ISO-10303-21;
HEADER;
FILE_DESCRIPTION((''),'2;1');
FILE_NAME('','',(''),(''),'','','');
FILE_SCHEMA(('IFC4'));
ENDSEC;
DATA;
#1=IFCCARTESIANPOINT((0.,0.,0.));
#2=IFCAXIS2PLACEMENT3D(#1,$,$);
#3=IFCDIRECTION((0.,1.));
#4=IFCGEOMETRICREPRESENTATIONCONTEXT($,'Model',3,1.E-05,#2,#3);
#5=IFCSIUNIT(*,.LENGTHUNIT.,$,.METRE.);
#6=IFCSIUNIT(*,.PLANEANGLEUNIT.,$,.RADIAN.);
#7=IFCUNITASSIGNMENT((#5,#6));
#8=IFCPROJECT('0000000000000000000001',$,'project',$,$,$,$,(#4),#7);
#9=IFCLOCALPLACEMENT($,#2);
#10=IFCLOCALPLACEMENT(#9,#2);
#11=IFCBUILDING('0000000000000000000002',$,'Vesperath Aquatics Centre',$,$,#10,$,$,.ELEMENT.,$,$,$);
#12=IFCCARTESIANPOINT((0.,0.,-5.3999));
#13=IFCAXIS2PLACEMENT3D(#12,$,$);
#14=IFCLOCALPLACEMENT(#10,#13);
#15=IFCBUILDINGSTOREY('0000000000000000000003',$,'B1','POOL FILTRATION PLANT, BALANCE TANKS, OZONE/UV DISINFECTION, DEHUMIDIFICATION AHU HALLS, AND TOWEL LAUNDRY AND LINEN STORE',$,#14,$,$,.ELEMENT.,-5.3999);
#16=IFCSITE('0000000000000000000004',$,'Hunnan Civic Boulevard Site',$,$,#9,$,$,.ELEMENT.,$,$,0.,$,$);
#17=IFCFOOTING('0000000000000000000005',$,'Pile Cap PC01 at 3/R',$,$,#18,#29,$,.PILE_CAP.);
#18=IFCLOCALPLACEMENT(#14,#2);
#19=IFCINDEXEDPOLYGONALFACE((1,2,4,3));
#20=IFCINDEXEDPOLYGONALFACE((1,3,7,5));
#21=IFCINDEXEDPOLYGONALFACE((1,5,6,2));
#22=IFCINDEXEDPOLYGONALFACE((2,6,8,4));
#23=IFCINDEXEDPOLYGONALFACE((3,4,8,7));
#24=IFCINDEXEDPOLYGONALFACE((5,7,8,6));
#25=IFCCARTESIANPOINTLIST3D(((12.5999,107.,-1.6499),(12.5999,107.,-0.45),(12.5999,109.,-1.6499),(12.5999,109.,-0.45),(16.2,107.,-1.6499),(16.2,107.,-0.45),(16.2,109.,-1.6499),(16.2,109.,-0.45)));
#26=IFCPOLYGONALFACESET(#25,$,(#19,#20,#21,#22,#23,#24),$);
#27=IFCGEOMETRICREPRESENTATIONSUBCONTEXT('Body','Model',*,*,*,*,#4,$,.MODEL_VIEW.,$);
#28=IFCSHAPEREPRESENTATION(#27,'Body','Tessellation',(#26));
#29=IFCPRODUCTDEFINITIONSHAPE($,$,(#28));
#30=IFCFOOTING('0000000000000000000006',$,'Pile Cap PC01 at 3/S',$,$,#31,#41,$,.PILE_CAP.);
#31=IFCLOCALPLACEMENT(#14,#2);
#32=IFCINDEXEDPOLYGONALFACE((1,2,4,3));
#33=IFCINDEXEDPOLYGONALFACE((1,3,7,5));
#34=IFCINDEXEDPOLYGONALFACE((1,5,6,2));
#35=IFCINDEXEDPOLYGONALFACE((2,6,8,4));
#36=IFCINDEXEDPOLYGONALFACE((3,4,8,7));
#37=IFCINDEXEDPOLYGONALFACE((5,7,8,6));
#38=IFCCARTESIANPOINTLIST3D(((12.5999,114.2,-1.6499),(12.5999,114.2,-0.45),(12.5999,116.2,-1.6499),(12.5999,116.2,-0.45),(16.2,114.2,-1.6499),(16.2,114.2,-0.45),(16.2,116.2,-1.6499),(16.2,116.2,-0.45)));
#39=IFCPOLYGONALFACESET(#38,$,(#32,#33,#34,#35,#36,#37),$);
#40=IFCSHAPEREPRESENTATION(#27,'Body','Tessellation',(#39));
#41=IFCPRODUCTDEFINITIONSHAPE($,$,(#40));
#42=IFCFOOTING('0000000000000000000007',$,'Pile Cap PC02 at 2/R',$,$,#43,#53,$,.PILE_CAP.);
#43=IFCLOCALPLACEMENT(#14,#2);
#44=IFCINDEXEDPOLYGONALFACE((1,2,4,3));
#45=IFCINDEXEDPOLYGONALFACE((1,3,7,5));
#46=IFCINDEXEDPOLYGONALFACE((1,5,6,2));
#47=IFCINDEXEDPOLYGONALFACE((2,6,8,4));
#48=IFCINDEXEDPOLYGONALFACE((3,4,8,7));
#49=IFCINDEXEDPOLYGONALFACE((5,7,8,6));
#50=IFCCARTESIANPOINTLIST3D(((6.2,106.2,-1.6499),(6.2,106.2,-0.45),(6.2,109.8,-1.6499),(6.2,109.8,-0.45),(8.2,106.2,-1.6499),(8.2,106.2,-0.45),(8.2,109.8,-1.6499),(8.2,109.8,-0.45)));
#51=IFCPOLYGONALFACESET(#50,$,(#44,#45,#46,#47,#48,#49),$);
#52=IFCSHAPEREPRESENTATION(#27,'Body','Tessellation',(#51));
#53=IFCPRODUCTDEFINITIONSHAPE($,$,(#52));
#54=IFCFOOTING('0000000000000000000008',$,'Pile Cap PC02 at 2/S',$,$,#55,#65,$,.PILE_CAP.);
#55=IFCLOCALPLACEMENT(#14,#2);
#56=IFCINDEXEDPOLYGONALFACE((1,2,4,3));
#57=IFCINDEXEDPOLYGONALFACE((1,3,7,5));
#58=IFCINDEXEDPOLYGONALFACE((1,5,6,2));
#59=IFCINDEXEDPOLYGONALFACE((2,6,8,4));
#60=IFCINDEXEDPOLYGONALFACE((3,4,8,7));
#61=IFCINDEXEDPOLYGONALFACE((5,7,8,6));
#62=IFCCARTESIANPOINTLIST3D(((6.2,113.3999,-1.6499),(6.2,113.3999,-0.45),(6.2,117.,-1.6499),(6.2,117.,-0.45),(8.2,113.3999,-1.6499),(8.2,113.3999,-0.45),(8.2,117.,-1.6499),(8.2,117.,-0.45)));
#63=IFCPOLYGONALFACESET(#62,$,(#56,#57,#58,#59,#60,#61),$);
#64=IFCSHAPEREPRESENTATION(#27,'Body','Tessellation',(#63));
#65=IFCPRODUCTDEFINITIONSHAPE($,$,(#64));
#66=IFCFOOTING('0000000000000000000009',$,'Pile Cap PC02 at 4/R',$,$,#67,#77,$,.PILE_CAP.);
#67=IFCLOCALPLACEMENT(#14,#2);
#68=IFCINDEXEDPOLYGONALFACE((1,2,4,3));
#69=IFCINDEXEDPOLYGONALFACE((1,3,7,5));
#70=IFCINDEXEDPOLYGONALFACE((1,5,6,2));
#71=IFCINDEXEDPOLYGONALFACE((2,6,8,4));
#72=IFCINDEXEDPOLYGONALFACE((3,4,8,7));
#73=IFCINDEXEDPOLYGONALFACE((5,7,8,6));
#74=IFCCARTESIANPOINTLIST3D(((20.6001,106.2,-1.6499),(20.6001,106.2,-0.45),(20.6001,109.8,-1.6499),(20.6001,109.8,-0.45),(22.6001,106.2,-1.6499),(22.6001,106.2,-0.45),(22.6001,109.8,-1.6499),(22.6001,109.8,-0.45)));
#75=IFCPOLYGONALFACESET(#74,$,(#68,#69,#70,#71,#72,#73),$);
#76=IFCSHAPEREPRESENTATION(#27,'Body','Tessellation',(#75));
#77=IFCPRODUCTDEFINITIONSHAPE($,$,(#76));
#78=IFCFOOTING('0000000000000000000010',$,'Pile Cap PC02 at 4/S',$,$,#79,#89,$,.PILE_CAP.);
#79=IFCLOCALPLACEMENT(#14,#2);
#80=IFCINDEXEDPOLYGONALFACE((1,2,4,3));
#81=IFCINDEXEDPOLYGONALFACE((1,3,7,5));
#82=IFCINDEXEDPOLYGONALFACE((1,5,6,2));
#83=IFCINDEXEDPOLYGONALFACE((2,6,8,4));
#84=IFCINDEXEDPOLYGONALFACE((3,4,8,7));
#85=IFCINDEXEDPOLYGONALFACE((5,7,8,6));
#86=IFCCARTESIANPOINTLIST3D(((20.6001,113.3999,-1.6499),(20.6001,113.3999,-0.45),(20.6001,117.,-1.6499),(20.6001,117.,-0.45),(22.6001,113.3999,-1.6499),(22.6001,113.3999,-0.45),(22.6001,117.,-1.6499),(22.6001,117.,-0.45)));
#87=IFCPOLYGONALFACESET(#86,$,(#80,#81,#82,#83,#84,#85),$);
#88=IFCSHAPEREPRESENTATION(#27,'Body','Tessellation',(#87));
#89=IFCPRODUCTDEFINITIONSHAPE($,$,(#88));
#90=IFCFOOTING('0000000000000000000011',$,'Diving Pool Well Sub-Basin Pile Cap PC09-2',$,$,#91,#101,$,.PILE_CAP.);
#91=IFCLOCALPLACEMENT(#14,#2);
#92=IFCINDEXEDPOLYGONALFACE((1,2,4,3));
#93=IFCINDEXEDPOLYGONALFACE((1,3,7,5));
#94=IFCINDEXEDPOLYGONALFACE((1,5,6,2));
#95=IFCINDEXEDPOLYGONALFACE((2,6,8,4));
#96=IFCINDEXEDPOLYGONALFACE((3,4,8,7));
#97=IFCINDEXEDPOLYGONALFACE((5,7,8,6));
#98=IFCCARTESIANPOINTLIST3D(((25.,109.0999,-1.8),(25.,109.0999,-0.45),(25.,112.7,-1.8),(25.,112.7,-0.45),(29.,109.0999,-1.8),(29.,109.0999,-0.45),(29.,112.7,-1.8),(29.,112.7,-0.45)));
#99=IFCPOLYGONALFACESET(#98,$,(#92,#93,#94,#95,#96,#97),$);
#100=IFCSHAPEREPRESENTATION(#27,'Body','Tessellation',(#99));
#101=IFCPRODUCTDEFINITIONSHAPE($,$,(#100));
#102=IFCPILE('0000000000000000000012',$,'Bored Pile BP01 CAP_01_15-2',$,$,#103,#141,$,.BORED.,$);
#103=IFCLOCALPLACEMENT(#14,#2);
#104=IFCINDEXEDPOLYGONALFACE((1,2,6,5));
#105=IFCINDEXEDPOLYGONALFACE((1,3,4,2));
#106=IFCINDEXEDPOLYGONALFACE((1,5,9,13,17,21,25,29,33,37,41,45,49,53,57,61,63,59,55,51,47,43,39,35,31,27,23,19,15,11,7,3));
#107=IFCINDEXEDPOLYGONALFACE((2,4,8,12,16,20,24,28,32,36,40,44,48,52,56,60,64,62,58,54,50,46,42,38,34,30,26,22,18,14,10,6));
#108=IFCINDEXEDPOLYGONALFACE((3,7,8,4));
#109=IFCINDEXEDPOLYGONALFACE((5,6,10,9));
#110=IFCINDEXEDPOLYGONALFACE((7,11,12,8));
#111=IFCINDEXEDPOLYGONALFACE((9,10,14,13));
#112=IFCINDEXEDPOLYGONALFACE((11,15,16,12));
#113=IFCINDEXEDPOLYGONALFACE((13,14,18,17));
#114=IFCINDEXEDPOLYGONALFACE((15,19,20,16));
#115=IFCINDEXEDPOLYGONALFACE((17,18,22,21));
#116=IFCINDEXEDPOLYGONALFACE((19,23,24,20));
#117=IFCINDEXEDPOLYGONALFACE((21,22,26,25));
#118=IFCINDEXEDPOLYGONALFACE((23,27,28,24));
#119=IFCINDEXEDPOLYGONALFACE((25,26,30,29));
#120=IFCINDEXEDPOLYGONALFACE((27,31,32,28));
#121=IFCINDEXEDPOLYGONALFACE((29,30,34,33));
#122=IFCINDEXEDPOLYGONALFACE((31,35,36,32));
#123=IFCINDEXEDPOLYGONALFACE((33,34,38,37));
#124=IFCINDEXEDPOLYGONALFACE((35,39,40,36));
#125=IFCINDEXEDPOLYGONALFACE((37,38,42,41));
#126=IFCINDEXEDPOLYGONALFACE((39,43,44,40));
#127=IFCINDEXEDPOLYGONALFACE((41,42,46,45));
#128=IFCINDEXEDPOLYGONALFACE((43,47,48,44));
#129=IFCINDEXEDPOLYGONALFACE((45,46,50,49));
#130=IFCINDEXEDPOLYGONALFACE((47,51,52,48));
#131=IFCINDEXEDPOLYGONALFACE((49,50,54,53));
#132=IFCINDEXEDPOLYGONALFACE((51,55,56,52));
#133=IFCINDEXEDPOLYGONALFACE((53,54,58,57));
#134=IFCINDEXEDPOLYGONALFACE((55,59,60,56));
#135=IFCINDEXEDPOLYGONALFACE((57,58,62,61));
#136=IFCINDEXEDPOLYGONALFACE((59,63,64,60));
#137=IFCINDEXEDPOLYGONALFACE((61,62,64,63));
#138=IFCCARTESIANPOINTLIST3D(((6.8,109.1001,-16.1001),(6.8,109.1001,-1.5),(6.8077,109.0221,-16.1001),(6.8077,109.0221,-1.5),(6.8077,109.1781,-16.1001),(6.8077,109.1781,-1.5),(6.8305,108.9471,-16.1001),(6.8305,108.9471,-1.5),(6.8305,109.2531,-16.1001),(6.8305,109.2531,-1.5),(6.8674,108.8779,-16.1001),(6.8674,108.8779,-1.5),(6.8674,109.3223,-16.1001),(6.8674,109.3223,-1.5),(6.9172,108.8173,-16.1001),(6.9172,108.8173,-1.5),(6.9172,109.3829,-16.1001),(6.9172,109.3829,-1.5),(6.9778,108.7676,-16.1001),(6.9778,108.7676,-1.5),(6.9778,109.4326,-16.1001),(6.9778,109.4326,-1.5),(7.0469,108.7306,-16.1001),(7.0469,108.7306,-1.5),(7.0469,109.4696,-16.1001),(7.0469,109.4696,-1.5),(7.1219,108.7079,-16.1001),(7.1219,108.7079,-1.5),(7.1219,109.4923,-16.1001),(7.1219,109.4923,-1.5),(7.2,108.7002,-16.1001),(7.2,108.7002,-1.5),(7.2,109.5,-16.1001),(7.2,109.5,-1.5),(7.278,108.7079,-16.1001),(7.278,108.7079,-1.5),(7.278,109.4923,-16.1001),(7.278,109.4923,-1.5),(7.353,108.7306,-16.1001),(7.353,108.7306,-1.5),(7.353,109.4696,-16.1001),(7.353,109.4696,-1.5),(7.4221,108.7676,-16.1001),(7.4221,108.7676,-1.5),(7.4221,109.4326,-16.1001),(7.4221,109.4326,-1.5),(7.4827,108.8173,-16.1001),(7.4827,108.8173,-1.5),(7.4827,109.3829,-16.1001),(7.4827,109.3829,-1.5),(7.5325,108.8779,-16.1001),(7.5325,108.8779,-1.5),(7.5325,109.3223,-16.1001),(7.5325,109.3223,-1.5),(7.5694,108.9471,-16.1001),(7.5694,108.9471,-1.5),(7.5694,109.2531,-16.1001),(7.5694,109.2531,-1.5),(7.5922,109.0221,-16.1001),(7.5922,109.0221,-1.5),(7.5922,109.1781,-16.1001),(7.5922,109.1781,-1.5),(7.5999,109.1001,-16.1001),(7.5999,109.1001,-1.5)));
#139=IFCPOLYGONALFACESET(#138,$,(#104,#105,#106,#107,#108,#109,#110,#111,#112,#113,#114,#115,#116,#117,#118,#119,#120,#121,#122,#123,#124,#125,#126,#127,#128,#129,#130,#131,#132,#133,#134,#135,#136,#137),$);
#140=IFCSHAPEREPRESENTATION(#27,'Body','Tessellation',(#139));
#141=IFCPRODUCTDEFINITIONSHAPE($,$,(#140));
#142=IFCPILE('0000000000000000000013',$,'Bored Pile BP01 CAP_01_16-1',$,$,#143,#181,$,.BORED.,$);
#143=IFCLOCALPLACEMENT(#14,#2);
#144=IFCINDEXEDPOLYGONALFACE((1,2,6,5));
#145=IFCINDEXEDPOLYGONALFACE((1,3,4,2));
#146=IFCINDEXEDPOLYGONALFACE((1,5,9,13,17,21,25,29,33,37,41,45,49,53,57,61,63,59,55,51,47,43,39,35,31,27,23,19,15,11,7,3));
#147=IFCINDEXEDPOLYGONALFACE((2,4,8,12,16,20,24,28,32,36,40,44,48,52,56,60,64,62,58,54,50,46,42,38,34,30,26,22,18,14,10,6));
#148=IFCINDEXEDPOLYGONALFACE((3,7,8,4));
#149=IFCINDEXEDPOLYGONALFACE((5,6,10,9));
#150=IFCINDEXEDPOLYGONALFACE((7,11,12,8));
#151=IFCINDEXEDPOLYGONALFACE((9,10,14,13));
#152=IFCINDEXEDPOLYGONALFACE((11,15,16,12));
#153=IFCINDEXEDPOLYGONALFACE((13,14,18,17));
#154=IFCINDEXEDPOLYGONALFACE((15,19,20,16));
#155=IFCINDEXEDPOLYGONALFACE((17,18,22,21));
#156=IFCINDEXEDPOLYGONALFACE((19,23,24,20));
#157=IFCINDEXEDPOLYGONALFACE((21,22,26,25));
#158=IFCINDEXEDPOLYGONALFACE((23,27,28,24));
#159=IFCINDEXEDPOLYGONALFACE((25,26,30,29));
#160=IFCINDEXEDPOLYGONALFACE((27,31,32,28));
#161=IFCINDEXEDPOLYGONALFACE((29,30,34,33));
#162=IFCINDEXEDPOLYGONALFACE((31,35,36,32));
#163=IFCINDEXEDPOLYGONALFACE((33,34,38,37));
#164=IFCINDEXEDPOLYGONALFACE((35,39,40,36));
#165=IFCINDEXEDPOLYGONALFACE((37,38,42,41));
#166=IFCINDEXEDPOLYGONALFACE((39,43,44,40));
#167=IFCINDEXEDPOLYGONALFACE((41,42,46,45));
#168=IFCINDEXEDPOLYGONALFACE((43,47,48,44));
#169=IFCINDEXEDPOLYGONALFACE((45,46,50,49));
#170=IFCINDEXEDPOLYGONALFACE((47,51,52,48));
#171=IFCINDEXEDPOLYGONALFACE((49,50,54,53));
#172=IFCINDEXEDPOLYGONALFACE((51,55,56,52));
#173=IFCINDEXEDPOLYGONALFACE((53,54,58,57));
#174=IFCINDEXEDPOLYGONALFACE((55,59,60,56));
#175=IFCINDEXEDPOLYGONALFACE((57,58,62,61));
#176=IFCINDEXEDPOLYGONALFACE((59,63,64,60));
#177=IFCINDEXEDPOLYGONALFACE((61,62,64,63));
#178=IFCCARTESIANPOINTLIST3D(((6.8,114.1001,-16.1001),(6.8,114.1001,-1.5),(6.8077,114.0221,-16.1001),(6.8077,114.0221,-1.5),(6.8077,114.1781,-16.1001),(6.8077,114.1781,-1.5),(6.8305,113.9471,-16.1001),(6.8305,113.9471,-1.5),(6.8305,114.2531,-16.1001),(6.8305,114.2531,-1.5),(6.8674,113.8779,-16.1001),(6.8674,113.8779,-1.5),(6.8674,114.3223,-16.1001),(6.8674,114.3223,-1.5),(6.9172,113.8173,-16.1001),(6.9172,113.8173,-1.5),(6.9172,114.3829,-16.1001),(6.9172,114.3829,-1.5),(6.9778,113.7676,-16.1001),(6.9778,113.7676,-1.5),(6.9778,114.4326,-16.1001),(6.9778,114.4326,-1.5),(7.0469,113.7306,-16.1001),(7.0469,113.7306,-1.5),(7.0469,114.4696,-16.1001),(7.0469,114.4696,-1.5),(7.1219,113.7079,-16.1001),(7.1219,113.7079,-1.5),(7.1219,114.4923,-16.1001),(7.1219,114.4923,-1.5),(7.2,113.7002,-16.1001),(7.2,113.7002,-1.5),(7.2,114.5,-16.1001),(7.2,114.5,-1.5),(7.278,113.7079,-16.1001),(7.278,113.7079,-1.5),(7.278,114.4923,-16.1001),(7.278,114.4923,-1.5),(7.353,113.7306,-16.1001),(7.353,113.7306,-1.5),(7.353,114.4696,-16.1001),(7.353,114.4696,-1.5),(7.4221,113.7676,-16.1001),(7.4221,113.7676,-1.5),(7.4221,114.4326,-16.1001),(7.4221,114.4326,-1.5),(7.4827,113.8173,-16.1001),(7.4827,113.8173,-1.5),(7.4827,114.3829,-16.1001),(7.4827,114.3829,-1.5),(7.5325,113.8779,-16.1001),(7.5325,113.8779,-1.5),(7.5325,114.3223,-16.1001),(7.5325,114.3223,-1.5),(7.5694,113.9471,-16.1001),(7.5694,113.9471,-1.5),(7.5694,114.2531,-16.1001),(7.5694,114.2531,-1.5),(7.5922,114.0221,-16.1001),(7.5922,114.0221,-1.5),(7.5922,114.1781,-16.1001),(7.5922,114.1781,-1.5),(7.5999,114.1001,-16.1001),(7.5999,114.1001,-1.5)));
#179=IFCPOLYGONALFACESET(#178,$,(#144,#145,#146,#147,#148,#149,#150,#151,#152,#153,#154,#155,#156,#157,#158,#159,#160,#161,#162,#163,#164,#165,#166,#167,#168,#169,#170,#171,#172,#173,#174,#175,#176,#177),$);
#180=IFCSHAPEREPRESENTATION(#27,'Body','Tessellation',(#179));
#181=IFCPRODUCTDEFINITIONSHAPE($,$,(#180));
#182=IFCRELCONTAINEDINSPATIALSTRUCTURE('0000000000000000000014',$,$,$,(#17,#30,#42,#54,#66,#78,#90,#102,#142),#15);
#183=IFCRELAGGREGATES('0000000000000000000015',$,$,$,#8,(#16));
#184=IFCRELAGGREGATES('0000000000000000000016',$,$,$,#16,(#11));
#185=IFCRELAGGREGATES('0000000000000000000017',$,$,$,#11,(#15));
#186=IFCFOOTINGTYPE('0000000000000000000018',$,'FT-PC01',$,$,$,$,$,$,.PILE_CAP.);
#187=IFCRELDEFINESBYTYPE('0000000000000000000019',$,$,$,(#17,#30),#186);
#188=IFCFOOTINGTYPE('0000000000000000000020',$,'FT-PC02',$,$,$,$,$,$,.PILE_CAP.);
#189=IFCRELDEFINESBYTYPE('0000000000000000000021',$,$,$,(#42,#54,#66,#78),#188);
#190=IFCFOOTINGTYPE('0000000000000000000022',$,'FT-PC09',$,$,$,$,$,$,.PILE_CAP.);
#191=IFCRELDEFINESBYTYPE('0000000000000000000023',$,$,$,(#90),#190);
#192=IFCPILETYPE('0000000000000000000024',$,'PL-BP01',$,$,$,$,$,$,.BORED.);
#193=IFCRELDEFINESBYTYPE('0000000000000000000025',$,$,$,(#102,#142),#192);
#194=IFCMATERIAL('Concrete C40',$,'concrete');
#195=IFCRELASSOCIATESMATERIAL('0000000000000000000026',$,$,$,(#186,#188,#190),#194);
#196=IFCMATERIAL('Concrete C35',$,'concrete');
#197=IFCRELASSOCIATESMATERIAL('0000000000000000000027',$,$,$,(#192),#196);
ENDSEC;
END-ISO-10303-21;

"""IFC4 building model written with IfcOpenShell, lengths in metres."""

from ifc_helpers import new_model, si_unit, direction, frame, origin, origin_2d, place, context, subcontext, project, spatial, rectangle, circle, extrude, material, material_profile, profile_set, type_object, element, save


model = new_model("IFC4")

# Units and contexts
model_context = context("Model", 3, precision=1e-05, world=origin(), true_north=direction((0.0, 1.0)))
body_context = subcontext(model_context, "Body", "Model", "MODEL_VIEW")
ifc_project = project(units=[si_unit("LENGTHUNIT", "METRE"), si_unit("PLANEANGLEUNIT", "RADIAN")], contexts=[model_context])

# Site, building, storey
site_placement = place(None, origin())
site = spatial("IfcSite", under=ifc_project, at=site_placement, Name="Hunnan Civic Boulevard Site", CompositionType="ELEMENT", RefElevation=0.0)
building_placement = place(site_placement, origin())
building = spatial("IfcBuilding", under=site, at=building_placement, Name="Vesperath Aquatics Centre", CompositionType="ELEMENT")
storey_placement = place(building_placement, frame((0.0, 0.0, -5.3999)))
storey = spatial("IfcBuildingStorey", under=building, at=storey_placement, Name="B1", Description="POOL FILTRATION PLANT, BALANCE TANKS, OZONE/UV DISINFECTION, DEHUMIDIFICATION AHU HALLS, AND TOWEL LAUNDRY AND LINEN STORE", CompositionType="ELEMENT", Elevation=-5.3999)

# Footings
ifc_material_1 = material(Name="Concrete C40", Category="concrete")
footing_type_1 = type_object("IfcFootingType", Name="FT-PC01", PredefinedType="PILE_CAP", material=ifc_material_1)
for number, where, z_axis, x_axis, name in (
    (1, (14.3999, 108.0, -1.6499), (0.0, 0.0, 1.0), (1.0, 0.0, 0.0), "Pile Cap PC01 at 3/R"),
    (2, (14.3999, 115.2, -1.6499), (0.0, 0.0, 1.0), (1.0, 0.0, 0.0), "Pile Cap PC01 at 3/S"),
):
    element("IfcFooting", number, at=place(storey_placement, frame(where, z_axis=z_axis, x_axis=x_axis)), inside=storey, type_object=footing_type_1, Name=name, PredefinedType="PILE_CAP", context=body_context, shape_type="SweptSolid", body=[
        extrude(rectangle(XDim=3.6001, YDim=2.0, at=origin_2d()), origin(), (0.0, 0.0, 1.0), 1.2),
    ])
footing_type_2 = type_object("IfcFootingType", Name="FT-PC02", PredefinedType="PILE_CAP", material=ifc_material_1)
for number, where, z_axis, x_axis, name in (
    (3, (7.2, 108.0, -1.6499), (0.0, 0.0, 1.0), (1.0, 0.0, 0.0), "Pile Cap PC02 at 2/R"),
    (4, (7.2, 115.2, -1.6499), (0.0, 0.0, 1.0), (1.0, 0.0, 0.0), "Pile Cap PC02 at 2/S"),
    (5, (21.6001, 108.0, -1.6499), (0.0, 0.0, 1.0), (1.0, 0.0, 0.0), "Pile Cap PC02 at 4/R"),
    (6, (21.6001, 115.2, -1.6499), (0.0, 0.0, 1.0), (1.0, 0.0, 0.0), "Pile Cap PC02 at 4/S"),
):
    element("IfcFooting", number, at=place(storey_placement, frame(where, z_axis=z_axis, x_axis=x_axis)), inside=storey, type_object=footing_type_2, Name=name, PredefinedType="PILE_CAP", context=body_context, shape_type="SweptSolid", body=[
        extrude(rectangle(XDim=2.0, YDim=3.6001, at=origin_2d()), origin(), (0.0, 0.0, 1.0), 1.2),
    ])
footing_type_3 = type_object("IfcFootingType", Name="FT-PC09", PredefinedType="PILE_CAP", material=ifc_material_1)
footing_placement = place(storey_placement, frame((27.0, 110.8999, -1.8), z_axis=(0.0, 0.0, 1.0), x_axis=(1.0, 0.0, 0.0)))
element("IfcFooting", 7, at=footing_placement, inside=storey, type_object=footing_type_3, Name="Diving Pool Well Sub-Basin Pile Cap PC09-2", PredefinedType="PILE_CAP", context=body_context, shape_type="SweptSolid", body=[
    extrude(rectangle(XDim=4.0, YDim=3.6001, at=origin_2d()), origin(), (0.0, 0.0, 1.0), 1.3501),
])

# Piles
ifc_material_2 = material(Name="Concrete C35", Category="concrete")
ifc_material_profile_1 = material_profile(ifc_material_2, circle(Radius=0.3999, at=origin_2d()), Name="PILE D800")
ifc_profile_set_1 = profile_set([ifc_material_profile_1], Name="Concrete C35")
pile_type = type_object("IfcPileType", Name="PL-BP01", PredefinedType="BORED", material=ifc_profile_set_1)
for number, where, z_axis, x_axis, name in (
    (8, (7.2, 109.1001, -1.5), (0.0, 0.0, -1.0), (1.0, 0.0, 0.0), "Bored Pile BP01 CAP_01_15-2"),
    (9, (7.2, 114.1001, -1.5), (0.0, 0.0, -1.0), (1.0, 0.0, 0.0), "Bored Pile BP01 CAP_01_16-1"),
):
    element("IfcPile", number, at=place(storey_placement, frame(where, z_axis=z_axis, x_axis=x_axis)), inside=storey, type_object=pile_type, Name=name, PredefinedType="BORED", context=body_context, shape_type="SweptSolid", body=[
        extrude(circle(Radius=0.3999, at=origin_2d()), origin(), (0.0, 0.0, 1.0), 14.6001),
    ])

save(model, "model.ifc")
